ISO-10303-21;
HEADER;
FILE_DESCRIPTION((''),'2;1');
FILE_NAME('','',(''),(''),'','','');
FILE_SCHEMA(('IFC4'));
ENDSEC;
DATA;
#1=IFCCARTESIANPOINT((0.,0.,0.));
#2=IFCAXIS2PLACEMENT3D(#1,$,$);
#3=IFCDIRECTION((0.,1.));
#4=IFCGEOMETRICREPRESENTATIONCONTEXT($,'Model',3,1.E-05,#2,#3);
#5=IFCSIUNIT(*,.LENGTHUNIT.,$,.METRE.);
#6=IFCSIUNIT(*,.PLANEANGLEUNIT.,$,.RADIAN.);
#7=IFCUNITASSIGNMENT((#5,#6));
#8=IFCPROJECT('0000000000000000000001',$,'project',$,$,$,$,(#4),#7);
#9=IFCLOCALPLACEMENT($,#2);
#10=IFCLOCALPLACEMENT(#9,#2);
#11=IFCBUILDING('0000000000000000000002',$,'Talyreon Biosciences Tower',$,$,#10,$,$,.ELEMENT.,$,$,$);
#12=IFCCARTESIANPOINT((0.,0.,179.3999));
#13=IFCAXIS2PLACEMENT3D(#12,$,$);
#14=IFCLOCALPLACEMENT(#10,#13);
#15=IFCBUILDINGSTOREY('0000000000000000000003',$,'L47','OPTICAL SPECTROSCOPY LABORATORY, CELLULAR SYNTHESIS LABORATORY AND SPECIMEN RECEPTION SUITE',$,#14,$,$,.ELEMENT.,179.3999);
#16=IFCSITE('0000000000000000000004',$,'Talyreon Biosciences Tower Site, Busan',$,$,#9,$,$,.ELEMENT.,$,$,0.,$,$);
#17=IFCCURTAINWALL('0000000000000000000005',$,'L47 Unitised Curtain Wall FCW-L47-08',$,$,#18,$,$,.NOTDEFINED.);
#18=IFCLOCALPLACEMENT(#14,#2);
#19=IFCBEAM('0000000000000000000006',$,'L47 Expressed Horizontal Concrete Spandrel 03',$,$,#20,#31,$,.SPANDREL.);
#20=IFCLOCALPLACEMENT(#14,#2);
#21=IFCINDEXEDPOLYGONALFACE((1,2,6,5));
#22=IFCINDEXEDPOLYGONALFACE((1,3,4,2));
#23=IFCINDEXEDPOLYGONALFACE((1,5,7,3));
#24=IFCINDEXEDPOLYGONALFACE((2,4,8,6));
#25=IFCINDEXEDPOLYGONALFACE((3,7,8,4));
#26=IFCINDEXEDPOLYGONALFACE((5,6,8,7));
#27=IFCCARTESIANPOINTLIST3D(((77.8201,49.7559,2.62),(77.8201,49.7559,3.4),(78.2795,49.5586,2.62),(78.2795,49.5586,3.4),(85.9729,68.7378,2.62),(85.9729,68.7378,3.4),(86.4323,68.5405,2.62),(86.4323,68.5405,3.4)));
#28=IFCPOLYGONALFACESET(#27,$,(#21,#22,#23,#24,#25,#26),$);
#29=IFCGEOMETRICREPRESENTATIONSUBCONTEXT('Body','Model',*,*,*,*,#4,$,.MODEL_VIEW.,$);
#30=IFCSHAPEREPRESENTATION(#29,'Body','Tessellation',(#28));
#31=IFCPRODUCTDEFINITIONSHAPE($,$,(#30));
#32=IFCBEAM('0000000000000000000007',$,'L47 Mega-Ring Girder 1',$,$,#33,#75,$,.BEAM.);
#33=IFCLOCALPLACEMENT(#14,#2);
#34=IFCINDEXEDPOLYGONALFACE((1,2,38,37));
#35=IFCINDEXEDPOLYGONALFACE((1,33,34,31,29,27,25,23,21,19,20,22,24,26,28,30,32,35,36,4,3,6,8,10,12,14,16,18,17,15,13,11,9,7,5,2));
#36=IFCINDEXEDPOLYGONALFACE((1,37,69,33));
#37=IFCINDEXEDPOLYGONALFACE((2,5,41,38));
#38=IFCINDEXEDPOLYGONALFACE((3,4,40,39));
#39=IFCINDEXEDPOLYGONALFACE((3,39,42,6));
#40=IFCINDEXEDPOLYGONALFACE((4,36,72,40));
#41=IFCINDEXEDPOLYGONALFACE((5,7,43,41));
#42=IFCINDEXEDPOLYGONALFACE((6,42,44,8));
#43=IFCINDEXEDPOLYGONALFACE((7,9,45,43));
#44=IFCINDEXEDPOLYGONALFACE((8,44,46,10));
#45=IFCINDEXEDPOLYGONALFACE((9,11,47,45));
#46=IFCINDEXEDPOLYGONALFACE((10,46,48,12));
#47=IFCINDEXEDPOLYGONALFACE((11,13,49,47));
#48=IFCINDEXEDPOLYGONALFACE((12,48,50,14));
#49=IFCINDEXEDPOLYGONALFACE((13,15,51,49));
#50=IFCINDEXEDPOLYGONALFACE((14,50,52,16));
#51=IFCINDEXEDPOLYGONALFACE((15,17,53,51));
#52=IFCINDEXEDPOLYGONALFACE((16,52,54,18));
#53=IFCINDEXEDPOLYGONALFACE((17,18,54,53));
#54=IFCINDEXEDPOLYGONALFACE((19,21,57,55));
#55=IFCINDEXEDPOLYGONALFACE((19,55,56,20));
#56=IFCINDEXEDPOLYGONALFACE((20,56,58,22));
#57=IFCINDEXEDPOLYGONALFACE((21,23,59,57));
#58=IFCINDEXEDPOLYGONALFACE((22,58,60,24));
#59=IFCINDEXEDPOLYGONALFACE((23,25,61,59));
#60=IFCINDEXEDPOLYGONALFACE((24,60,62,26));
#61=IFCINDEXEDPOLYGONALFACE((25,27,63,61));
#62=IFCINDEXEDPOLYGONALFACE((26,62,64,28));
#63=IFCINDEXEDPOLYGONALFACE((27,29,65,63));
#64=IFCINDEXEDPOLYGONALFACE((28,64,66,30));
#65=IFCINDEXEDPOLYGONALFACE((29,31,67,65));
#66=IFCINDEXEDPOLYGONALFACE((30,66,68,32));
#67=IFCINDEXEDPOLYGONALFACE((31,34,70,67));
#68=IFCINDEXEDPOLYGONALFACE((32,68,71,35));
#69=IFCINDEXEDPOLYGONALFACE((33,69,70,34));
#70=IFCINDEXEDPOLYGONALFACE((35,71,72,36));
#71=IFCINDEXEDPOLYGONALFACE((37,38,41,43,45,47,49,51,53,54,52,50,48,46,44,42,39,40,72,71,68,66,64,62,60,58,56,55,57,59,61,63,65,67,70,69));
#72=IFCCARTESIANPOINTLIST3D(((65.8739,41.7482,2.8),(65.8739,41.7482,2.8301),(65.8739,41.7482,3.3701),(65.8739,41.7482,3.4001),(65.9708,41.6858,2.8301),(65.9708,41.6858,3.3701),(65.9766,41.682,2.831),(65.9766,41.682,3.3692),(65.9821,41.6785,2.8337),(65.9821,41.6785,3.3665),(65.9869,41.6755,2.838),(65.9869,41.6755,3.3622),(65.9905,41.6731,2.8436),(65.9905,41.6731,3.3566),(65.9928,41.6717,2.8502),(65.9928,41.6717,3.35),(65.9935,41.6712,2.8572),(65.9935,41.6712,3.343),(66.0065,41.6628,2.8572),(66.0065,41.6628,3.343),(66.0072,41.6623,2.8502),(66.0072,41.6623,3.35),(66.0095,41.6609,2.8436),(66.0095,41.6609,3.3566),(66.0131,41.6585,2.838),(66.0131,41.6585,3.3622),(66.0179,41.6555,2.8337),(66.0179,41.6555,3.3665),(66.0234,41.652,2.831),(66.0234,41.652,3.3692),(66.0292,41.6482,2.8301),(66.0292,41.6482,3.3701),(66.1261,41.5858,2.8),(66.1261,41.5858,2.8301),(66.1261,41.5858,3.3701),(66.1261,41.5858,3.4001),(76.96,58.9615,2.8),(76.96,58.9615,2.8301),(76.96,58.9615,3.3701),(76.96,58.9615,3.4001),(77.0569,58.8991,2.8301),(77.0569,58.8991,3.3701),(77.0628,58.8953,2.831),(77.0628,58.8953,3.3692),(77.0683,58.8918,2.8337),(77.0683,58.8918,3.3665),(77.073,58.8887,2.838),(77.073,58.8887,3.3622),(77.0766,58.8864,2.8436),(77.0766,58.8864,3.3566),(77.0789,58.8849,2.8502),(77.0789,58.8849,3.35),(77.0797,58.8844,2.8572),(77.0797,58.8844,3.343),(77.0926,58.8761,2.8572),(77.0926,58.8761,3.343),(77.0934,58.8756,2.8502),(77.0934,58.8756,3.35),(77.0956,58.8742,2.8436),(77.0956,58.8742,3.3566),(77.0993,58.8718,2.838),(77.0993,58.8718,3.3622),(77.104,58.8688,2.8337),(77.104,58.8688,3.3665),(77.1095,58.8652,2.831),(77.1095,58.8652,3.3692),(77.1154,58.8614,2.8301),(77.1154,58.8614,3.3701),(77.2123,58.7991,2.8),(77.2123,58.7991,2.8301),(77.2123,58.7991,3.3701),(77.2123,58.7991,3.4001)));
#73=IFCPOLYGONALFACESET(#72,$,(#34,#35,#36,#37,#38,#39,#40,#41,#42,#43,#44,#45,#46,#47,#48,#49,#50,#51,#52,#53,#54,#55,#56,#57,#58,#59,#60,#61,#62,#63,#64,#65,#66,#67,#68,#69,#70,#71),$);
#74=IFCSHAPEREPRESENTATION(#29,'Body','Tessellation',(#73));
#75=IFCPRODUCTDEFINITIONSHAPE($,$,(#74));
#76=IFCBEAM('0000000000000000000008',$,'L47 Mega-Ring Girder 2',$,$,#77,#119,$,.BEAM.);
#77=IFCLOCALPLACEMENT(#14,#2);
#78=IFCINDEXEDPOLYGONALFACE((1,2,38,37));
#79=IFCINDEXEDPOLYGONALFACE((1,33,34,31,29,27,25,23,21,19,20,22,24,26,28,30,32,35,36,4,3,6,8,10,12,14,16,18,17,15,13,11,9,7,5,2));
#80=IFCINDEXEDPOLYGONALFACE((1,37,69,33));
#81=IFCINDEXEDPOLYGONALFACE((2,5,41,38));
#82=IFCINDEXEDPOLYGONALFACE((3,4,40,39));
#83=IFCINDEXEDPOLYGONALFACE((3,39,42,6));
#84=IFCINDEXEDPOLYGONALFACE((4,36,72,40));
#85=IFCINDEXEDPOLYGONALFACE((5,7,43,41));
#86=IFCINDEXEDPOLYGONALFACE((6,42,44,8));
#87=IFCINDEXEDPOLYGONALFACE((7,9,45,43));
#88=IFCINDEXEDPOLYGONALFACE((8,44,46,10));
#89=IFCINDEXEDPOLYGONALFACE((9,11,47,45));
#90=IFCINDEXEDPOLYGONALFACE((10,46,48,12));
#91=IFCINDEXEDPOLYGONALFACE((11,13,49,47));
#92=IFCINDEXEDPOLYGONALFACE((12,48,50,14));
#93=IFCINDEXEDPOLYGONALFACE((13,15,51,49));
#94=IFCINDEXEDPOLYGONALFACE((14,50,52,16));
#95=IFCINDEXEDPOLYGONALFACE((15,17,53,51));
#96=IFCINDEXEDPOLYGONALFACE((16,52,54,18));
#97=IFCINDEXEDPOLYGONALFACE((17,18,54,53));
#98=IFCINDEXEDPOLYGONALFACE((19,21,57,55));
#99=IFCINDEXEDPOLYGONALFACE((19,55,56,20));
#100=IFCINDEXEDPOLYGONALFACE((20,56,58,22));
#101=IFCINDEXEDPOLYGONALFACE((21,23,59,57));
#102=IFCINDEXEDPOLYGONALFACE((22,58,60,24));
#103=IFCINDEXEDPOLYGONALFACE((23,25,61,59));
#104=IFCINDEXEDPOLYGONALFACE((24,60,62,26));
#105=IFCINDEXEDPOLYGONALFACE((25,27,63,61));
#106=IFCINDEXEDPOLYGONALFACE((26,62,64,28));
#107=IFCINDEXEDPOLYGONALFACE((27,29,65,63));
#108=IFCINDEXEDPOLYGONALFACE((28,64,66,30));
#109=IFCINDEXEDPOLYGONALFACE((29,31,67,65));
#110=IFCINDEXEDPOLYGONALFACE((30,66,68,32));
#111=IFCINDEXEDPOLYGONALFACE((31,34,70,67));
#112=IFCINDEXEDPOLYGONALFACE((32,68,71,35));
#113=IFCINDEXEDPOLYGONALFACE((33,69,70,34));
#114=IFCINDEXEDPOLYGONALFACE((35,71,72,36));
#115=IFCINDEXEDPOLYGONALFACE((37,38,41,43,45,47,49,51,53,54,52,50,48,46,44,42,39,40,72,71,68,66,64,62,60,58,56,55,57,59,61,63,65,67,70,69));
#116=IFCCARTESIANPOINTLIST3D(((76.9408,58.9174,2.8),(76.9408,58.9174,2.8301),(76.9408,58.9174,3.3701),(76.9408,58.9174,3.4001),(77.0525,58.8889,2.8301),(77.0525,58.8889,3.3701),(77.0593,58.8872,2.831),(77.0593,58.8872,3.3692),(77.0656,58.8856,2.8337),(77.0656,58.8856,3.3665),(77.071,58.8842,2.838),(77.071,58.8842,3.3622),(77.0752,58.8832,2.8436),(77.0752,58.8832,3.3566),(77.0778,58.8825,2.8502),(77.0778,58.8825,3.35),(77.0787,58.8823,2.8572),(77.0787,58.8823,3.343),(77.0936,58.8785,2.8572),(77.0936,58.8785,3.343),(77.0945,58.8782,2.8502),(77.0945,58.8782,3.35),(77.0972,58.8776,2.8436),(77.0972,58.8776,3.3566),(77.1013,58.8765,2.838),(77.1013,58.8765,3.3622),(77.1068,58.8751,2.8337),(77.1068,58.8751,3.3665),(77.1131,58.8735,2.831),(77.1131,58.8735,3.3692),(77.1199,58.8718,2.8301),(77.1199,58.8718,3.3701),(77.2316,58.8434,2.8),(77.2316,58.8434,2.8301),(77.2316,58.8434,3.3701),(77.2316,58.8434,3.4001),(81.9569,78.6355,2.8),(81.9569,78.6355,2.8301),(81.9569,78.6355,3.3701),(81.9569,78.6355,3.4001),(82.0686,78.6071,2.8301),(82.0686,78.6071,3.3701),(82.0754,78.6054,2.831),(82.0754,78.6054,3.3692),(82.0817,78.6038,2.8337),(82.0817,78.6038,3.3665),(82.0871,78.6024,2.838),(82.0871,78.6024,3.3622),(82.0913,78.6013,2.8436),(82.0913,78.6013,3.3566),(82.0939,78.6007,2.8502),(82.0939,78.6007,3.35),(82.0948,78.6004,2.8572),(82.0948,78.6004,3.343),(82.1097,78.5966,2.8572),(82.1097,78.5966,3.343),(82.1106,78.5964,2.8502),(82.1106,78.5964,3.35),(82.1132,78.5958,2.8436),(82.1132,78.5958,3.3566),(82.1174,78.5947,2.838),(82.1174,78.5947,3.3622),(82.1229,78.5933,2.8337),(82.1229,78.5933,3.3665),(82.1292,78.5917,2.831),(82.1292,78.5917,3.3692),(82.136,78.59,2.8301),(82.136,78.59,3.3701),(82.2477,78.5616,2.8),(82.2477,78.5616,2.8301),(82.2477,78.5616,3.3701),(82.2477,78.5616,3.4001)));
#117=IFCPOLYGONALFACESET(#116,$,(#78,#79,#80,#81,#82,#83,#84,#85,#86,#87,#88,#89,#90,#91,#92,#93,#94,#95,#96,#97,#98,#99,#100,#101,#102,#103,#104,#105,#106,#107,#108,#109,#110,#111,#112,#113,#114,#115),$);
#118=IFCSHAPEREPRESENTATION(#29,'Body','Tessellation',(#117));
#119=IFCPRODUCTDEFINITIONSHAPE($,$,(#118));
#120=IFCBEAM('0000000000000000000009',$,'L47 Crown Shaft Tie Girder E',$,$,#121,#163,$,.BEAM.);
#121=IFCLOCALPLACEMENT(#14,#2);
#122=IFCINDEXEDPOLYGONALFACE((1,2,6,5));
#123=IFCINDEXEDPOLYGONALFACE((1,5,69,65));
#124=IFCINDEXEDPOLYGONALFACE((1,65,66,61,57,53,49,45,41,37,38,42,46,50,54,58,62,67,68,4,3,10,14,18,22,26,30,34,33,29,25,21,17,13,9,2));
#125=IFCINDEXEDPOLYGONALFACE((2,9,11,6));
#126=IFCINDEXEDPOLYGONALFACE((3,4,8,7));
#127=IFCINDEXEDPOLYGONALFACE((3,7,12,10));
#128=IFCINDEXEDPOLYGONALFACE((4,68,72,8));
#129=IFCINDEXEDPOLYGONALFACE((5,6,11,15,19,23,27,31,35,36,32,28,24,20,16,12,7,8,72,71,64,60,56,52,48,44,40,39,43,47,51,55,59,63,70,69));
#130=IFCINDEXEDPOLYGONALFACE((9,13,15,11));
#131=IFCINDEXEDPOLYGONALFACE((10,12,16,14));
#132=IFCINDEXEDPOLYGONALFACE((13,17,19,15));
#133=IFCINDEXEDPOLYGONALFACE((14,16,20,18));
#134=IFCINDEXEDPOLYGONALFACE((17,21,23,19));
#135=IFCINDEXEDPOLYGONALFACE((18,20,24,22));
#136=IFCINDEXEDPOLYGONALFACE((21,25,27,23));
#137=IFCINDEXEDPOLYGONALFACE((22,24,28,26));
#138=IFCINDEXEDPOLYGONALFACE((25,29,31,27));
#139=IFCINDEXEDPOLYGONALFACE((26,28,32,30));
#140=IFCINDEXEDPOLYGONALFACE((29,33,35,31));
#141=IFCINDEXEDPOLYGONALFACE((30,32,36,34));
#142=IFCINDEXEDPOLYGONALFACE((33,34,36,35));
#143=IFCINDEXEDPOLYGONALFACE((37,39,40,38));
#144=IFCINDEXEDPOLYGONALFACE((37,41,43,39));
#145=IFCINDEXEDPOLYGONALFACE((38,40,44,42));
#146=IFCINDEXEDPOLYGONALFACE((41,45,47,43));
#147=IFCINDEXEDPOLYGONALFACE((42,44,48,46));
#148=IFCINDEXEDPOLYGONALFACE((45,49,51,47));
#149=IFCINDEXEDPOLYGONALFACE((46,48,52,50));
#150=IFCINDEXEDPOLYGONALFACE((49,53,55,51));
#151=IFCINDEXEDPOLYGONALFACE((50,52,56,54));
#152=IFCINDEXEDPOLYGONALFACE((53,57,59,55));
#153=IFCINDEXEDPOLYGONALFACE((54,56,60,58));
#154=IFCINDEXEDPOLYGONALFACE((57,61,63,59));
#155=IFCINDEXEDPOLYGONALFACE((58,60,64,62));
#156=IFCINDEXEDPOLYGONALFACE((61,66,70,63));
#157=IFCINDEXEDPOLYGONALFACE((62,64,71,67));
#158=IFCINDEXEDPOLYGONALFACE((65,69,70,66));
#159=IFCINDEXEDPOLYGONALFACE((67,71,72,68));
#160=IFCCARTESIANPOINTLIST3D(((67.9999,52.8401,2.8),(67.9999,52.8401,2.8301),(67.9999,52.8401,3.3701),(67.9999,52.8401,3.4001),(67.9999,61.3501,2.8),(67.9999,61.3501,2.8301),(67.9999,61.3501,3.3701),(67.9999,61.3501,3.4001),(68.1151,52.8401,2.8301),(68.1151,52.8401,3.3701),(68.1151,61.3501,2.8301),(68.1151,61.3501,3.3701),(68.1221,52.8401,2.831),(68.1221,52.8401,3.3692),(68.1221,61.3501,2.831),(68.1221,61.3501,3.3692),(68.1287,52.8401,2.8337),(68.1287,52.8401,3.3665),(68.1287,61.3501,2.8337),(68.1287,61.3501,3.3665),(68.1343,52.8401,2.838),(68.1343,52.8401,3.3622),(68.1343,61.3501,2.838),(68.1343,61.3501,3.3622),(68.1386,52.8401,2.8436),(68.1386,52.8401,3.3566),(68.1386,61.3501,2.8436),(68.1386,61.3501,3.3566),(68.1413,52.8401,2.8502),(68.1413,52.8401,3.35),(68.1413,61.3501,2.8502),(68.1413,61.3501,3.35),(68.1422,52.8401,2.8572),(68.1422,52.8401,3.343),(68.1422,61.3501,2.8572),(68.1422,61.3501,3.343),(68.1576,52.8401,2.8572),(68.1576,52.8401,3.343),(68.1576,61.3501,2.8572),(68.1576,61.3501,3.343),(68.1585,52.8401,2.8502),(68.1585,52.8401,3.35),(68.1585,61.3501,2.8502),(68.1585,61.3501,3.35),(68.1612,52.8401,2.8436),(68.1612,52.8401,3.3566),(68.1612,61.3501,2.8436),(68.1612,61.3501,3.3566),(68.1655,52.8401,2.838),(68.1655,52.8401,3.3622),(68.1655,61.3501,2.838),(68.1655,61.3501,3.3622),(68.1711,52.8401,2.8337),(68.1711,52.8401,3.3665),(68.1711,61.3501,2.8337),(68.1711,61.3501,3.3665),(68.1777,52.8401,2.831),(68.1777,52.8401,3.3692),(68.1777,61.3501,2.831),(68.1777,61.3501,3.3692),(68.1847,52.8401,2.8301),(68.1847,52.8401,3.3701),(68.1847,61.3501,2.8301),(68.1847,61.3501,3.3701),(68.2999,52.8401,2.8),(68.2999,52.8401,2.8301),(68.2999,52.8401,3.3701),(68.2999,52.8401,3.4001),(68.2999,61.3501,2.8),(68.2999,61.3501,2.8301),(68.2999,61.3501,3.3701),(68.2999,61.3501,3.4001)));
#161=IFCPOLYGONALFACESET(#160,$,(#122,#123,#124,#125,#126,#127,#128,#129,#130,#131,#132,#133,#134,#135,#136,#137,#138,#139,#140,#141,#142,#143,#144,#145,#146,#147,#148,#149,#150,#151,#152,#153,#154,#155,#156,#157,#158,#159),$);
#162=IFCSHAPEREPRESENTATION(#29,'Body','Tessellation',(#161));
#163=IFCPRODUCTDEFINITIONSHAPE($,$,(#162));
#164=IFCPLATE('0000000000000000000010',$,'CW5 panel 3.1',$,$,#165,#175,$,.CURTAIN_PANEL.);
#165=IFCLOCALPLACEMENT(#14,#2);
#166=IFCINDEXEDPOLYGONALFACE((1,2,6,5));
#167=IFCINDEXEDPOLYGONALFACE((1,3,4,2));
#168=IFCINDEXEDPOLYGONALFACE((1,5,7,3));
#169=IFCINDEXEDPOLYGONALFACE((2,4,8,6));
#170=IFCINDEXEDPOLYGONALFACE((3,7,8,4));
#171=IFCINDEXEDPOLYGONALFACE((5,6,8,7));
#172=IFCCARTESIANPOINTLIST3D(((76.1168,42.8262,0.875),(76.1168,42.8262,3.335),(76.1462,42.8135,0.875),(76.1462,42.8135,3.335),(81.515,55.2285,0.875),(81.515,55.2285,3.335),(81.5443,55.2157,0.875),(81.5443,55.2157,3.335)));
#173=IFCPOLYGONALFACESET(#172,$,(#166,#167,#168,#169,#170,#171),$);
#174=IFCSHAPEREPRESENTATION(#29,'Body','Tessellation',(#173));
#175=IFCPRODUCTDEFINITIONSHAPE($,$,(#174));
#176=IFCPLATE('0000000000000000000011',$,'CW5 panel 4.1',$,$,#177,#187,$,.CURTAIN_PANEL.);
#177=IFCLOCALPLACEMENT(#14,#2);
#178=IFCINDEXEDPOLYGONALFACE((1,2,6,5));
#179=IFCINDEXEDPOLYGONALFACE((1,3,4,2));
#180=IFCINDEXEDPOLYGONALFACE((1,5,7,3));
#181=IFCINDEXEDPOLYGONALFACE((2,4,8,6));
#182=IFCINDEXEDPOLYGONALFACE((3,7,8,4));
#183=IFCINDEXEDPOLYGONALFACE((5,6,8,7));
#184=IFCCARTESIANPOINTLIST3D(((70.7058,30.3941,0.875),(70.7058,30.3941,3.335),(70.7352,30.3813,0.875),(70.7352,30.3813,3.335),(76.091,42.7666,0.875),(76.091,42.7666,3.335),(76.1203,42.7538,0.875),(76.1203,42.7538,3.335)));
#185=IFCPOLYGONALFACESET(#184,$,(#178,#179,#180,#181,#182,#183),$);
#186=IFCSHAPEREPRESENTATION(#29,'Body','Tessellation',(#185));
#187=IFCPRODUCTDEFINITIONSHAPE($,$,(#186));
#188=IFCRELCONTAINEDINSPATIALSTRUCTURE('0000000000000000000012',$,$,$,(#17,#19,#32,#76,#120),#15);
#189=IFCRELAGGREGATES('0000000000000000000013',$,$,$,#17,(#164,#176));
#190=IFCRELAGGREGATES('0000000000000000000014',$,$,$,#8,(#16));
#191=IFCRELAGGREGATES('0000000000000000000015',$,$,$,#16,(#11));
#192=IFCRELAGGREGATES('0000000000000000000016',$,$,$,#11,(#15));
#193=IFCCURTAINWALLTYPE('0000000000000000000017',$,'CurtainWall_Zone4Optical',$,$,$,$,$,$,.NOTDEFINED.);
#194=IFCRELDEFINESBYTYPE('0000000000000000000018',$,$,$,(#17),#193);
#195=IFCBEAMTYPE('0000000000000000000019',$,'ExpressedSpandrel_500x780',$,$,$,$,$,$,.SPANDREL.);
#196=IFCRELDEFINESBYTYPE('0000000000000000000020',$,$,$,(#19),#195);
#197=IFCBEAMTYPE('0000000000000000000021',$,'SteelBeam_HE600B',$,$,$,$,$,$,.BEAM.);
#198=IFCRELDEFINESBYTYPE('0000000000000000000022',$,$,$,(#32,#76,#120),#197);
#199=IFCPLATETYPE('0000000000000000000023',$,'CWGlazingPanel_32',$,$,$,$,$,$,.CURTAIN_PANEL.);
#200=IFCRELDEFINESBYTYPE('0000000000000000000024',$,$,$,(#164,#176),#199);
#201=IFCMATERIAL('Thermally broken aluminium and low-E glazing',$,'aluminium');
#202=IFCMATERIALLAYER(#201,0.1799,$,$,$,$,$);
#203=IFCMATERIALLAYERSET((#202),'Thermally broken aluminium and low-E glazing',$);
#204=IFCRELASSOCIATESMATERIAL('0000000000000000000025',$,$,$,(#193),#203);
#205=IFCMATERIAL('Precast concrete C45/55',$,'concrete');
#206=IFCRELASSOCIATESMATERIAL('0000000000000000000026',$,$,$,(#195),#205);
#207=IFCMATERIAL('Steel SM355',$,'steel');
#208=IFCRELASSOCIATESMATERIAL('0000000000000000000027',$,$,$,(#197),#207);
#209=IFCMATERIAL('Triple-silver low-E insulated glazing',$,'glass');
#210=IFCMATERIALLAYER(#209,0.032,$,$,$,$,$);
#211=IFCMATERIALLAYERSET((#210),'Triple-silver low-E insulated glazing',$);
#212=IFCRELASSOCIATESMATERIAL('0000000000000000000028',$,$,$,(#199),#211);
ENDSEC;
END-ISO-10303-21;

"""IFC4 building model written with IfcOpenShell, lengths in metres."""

from ifc_helpers import new_model, si_unit, direction, frame, origin, origin_2d, place, context, subcontext, project, spatial, rectangle, i_section, extrude, material, layer, layer_set, material_profile, profile_set, type_object, element, aggregate, save


model = new_model("IFC4")

# Units and contexts
model_context = context("Model", 3, precision=1e-05, world=origin(), true_north=direction((0.0, 1.0)))
body_context = subcontext(model_context, "Body", "Model", "MODEL_VIEW")
ifc_project = project(units=[si_unit("LENGTHUNIT", "METRE"), si_unit("PLANEANGLEUNIT", "RADIAN")], contexts=[model_context])

# Site, building, storey
site_placement = place(None, origin())
site = spatial("IfcSite", under=ifc_project, at=site_placement, Name="Talyreon Biosciences Tower Site, Busan", CompositionType="ELEMENT", RefElevation=0.0)
building_placement = place(site_placement, origin())
building = spatial("IfcBuilding", under=site, at=building_placement, Name="Talyreon Biosciences Tower", CompositionType="ELEMENT")
storey_placement = place(building_placement, frame((0.0, 0.0, 179.3999)))
storey = spatial("IfcBuildingStorey", under=building, at=storey_placement, Name="L47", Description="OPTICAL SPECTROSCOPY LABORATORY, CELLULAR SYNTHESIS LABORATORY AND SPECIMEN RECEPTION SUITE", CompositionType="ELEMENT", Elevation=179.3999)

# Shared definitions
ifc_material_1 = material(Name="Precast concrete C45/55", Category="concrete")

# Curtain wall
ifc_material_2 = material(Name="Thermally broken aluminium and low-E glazing", Category="aluminium")
ifc_layer_1 = layer(ifc_material_2, 0.1799)
ifc_layer_set_1 = layer_set([ifc_layer_1], Name="Thermally broken aluminium and low-E glazing")
curtain_wall_type = type_object("IfcCurtainWallType", Name="CurtainWall_Zone4Optical", PredefinedType="NOTDEFINED", material=ifc_layer_set_1)
curtain_wall_placement = place(storey_placement, origin())
curtain_wall = element("IfcCurtainWall", 1, at=curtain_wall_placement, inside=storey, type_object=curtain_wall_type, Name="L47 Unitised Curtain Wall FCW-L47-08", PredefinedType="NOTDEFINED")

# Beams
ifc_material_profile_1 = material_profile(ifc_material_1, rectangle(XDim=0.5, YDim=0.78, at=origin_2d()), Name="RCB 500x780")
ifc_profile_set_1 = profile_set([ifc_material_profile_1], Name="Precast concrete C45/55")
beam_type_1 = type_object("IfcBeamType", Name="ExpressedSpandrel_500x780", PredefinedType="SPANDREL", material=ifc_profile_set_1)
beam_1_placement = place(storey_placement, frame((78.0498, 49.6572, 3.01), z_axis=(0.394644, 0.918834, 0.0), x_axis=(-0.918834, 0.394644, 0.0)))
element("IfcBeam", 2, at=beam_1_placement, inside=storey, type_object=beam_type_1, Name="L47 Expressed Horizontal Concrete Spandrel 03", PredefinedType="SPANDREL", context=body_context, shape_type="SweptSolid", body=[
    extrude(rectangle(XDim=0.5, YDim=0.78, at=origin_2d()), origin(), (0.0, 0.0, 1.0), 20.6587),
])
ifc_material_3 = material(Name="Steel SM355", Category="steel")
ifc_material_profile_2 = material_profile(ifc_material_3, i_section(OverallWidth=0.3, OverallDepth=0.6001, WebThickness=0.0154, FlangeThickness=0.03, FilletRadius=0.0271, at=origin_2d()), Name="HE600B")
ifc_profile_set_2 = profile_set([ifc_material_profile_2], Name="Steel SM355")
beam_type_2 = type_object("IfcBeamType", Name="SteelBeam_HE600B", PredefinedType="BEAM", material=ifc_profile_set_2)
beam_2_placement = place(storey_placement, frame((66.0, 41.667, 3.1001), z_axis=(0.541464, 0.840724, 0.0), x_axis=(-0.840724, 0.541464, 0.0)))
element("IfcBeam", 3, at=beam_2_placement, inside=storey, type_object=beam_type_2, Name="L47 Mega-Ring Girder 1", PredefinedType="BEAM", context=body_context, shape_type="SweptSolid", body=[
    extrude(i_section(OverallWidth=0.3, OverallDepth=0.6001, WebThickness=0.0154, FlangeThickness=0.03, FilletRadius=0.0271, at=origin_2d()), origin(), (0.0, 0.0, 1.0), 20.4744),
])
beam_3_placement = place(storey_placement, frame((77.0862, 58.8804, 3.1001), z_axis=(0.246537, 0.969133, 0.0), x_axis=(-0.969133, 0.246537, 0.0)))
element("IfcBeam", 4, at=beam_3_placement, inside=storey, type_object=beam_type_2, Name="L47 Mega-Ring Girder 2", PredefinedType="BEAM", context=body_context, shape_type="SweptSolid", body=[
    extrude(i_section(OverallWidth=0.3, OverallDepth=0.6001, WebThickness=0.0154, FlangeThickness=0.03, FilletRadius=0.0271, at=origin_2d()), origin(), (0.0, 0.0, 1.0), 20.3462),
])
beam_4_placement = place(storey_placement, frame((68.1499, 52.8401, 3.1001), z_axis=(0.0, 1.0, 0.0), x_axis=(-1.0, 0.0, 0.0)))
element("IfcBeam", 5, at=beam_4_placement, inside=storey, type_object=beam_type_2, Name="L47 Crown Shaft Tie Girder E", PredefinedType="BEAM", context=body_context, shape_type="SweptSolid", body=[
    extrude(i_section(OverallWidth=0.3, OverallDepth=0.6001, WebThickness=0.0154, FlangeThickness=0.03, FilletRadius=0.0271, at=origin_2d()), origin(), (0.0, 0.0, 1.0), 8.51),
])

# Plates
ifc_material_4 = material(Name="Triple-silver low-E insulated glazing", Category="glass")
ifc_layer_2 = layer(ifc_material_4, 0.032)
ifc_layer_set_2 = layer_set([ifc_layer_2], Name="Triple-silver low-E insulated glazing")
plate_type_1 = type_object("IfcPlateType", Name="CWGlazingPanel_32", PredefinedType="CURTAIN_PANEL", material=ifc_layer_set_2)
plate_1_placement = place(storey_placement, frame((78.8306, 49.021, 0.875), z_axis=(0.0, 0.0, 1.0), x_axis=(-0.399089, -0.916912, 0.0)))
plate_1 = element("IfcPlate", 6, at=plate_1_placement, type_object=plate_type_1, Name="CW5 panel 3.1", PredefinedType="CURTAIN_PANEL", context=body_context, shape_type="SweptSolid", body=[
    extrude(rectangle(XDim=13.5261, YDim=0.032, at=origin_2d()), origin(), (0.0, 0.0, 1.0), 2.46),
])
plate_2_placement = place(storey_placement, frame((73.4131, 36.574, 0.875), z_axis=(0.0, 0.0, 1.0), x_axis=(-0.399089, -0.916912, 0.0)))
plate_2 = element("IfcPlate", 7, at=plate_2_placement, type_object=plate_type_1, Name="CW5 panel 4.1", PredefinedType="CURTAIN_PANEL", context=body_context, shape_type="SweptSolid", body=[
    extrude(rectangle(XDim=13.4937, YDim=0.032, at=origin_2d()), origin(), (0.0, 0.0, 1.0), 2.46),
])
aggregate(curtain_wall, [plate_1, plate_2])

save(model, "model.ifc")
